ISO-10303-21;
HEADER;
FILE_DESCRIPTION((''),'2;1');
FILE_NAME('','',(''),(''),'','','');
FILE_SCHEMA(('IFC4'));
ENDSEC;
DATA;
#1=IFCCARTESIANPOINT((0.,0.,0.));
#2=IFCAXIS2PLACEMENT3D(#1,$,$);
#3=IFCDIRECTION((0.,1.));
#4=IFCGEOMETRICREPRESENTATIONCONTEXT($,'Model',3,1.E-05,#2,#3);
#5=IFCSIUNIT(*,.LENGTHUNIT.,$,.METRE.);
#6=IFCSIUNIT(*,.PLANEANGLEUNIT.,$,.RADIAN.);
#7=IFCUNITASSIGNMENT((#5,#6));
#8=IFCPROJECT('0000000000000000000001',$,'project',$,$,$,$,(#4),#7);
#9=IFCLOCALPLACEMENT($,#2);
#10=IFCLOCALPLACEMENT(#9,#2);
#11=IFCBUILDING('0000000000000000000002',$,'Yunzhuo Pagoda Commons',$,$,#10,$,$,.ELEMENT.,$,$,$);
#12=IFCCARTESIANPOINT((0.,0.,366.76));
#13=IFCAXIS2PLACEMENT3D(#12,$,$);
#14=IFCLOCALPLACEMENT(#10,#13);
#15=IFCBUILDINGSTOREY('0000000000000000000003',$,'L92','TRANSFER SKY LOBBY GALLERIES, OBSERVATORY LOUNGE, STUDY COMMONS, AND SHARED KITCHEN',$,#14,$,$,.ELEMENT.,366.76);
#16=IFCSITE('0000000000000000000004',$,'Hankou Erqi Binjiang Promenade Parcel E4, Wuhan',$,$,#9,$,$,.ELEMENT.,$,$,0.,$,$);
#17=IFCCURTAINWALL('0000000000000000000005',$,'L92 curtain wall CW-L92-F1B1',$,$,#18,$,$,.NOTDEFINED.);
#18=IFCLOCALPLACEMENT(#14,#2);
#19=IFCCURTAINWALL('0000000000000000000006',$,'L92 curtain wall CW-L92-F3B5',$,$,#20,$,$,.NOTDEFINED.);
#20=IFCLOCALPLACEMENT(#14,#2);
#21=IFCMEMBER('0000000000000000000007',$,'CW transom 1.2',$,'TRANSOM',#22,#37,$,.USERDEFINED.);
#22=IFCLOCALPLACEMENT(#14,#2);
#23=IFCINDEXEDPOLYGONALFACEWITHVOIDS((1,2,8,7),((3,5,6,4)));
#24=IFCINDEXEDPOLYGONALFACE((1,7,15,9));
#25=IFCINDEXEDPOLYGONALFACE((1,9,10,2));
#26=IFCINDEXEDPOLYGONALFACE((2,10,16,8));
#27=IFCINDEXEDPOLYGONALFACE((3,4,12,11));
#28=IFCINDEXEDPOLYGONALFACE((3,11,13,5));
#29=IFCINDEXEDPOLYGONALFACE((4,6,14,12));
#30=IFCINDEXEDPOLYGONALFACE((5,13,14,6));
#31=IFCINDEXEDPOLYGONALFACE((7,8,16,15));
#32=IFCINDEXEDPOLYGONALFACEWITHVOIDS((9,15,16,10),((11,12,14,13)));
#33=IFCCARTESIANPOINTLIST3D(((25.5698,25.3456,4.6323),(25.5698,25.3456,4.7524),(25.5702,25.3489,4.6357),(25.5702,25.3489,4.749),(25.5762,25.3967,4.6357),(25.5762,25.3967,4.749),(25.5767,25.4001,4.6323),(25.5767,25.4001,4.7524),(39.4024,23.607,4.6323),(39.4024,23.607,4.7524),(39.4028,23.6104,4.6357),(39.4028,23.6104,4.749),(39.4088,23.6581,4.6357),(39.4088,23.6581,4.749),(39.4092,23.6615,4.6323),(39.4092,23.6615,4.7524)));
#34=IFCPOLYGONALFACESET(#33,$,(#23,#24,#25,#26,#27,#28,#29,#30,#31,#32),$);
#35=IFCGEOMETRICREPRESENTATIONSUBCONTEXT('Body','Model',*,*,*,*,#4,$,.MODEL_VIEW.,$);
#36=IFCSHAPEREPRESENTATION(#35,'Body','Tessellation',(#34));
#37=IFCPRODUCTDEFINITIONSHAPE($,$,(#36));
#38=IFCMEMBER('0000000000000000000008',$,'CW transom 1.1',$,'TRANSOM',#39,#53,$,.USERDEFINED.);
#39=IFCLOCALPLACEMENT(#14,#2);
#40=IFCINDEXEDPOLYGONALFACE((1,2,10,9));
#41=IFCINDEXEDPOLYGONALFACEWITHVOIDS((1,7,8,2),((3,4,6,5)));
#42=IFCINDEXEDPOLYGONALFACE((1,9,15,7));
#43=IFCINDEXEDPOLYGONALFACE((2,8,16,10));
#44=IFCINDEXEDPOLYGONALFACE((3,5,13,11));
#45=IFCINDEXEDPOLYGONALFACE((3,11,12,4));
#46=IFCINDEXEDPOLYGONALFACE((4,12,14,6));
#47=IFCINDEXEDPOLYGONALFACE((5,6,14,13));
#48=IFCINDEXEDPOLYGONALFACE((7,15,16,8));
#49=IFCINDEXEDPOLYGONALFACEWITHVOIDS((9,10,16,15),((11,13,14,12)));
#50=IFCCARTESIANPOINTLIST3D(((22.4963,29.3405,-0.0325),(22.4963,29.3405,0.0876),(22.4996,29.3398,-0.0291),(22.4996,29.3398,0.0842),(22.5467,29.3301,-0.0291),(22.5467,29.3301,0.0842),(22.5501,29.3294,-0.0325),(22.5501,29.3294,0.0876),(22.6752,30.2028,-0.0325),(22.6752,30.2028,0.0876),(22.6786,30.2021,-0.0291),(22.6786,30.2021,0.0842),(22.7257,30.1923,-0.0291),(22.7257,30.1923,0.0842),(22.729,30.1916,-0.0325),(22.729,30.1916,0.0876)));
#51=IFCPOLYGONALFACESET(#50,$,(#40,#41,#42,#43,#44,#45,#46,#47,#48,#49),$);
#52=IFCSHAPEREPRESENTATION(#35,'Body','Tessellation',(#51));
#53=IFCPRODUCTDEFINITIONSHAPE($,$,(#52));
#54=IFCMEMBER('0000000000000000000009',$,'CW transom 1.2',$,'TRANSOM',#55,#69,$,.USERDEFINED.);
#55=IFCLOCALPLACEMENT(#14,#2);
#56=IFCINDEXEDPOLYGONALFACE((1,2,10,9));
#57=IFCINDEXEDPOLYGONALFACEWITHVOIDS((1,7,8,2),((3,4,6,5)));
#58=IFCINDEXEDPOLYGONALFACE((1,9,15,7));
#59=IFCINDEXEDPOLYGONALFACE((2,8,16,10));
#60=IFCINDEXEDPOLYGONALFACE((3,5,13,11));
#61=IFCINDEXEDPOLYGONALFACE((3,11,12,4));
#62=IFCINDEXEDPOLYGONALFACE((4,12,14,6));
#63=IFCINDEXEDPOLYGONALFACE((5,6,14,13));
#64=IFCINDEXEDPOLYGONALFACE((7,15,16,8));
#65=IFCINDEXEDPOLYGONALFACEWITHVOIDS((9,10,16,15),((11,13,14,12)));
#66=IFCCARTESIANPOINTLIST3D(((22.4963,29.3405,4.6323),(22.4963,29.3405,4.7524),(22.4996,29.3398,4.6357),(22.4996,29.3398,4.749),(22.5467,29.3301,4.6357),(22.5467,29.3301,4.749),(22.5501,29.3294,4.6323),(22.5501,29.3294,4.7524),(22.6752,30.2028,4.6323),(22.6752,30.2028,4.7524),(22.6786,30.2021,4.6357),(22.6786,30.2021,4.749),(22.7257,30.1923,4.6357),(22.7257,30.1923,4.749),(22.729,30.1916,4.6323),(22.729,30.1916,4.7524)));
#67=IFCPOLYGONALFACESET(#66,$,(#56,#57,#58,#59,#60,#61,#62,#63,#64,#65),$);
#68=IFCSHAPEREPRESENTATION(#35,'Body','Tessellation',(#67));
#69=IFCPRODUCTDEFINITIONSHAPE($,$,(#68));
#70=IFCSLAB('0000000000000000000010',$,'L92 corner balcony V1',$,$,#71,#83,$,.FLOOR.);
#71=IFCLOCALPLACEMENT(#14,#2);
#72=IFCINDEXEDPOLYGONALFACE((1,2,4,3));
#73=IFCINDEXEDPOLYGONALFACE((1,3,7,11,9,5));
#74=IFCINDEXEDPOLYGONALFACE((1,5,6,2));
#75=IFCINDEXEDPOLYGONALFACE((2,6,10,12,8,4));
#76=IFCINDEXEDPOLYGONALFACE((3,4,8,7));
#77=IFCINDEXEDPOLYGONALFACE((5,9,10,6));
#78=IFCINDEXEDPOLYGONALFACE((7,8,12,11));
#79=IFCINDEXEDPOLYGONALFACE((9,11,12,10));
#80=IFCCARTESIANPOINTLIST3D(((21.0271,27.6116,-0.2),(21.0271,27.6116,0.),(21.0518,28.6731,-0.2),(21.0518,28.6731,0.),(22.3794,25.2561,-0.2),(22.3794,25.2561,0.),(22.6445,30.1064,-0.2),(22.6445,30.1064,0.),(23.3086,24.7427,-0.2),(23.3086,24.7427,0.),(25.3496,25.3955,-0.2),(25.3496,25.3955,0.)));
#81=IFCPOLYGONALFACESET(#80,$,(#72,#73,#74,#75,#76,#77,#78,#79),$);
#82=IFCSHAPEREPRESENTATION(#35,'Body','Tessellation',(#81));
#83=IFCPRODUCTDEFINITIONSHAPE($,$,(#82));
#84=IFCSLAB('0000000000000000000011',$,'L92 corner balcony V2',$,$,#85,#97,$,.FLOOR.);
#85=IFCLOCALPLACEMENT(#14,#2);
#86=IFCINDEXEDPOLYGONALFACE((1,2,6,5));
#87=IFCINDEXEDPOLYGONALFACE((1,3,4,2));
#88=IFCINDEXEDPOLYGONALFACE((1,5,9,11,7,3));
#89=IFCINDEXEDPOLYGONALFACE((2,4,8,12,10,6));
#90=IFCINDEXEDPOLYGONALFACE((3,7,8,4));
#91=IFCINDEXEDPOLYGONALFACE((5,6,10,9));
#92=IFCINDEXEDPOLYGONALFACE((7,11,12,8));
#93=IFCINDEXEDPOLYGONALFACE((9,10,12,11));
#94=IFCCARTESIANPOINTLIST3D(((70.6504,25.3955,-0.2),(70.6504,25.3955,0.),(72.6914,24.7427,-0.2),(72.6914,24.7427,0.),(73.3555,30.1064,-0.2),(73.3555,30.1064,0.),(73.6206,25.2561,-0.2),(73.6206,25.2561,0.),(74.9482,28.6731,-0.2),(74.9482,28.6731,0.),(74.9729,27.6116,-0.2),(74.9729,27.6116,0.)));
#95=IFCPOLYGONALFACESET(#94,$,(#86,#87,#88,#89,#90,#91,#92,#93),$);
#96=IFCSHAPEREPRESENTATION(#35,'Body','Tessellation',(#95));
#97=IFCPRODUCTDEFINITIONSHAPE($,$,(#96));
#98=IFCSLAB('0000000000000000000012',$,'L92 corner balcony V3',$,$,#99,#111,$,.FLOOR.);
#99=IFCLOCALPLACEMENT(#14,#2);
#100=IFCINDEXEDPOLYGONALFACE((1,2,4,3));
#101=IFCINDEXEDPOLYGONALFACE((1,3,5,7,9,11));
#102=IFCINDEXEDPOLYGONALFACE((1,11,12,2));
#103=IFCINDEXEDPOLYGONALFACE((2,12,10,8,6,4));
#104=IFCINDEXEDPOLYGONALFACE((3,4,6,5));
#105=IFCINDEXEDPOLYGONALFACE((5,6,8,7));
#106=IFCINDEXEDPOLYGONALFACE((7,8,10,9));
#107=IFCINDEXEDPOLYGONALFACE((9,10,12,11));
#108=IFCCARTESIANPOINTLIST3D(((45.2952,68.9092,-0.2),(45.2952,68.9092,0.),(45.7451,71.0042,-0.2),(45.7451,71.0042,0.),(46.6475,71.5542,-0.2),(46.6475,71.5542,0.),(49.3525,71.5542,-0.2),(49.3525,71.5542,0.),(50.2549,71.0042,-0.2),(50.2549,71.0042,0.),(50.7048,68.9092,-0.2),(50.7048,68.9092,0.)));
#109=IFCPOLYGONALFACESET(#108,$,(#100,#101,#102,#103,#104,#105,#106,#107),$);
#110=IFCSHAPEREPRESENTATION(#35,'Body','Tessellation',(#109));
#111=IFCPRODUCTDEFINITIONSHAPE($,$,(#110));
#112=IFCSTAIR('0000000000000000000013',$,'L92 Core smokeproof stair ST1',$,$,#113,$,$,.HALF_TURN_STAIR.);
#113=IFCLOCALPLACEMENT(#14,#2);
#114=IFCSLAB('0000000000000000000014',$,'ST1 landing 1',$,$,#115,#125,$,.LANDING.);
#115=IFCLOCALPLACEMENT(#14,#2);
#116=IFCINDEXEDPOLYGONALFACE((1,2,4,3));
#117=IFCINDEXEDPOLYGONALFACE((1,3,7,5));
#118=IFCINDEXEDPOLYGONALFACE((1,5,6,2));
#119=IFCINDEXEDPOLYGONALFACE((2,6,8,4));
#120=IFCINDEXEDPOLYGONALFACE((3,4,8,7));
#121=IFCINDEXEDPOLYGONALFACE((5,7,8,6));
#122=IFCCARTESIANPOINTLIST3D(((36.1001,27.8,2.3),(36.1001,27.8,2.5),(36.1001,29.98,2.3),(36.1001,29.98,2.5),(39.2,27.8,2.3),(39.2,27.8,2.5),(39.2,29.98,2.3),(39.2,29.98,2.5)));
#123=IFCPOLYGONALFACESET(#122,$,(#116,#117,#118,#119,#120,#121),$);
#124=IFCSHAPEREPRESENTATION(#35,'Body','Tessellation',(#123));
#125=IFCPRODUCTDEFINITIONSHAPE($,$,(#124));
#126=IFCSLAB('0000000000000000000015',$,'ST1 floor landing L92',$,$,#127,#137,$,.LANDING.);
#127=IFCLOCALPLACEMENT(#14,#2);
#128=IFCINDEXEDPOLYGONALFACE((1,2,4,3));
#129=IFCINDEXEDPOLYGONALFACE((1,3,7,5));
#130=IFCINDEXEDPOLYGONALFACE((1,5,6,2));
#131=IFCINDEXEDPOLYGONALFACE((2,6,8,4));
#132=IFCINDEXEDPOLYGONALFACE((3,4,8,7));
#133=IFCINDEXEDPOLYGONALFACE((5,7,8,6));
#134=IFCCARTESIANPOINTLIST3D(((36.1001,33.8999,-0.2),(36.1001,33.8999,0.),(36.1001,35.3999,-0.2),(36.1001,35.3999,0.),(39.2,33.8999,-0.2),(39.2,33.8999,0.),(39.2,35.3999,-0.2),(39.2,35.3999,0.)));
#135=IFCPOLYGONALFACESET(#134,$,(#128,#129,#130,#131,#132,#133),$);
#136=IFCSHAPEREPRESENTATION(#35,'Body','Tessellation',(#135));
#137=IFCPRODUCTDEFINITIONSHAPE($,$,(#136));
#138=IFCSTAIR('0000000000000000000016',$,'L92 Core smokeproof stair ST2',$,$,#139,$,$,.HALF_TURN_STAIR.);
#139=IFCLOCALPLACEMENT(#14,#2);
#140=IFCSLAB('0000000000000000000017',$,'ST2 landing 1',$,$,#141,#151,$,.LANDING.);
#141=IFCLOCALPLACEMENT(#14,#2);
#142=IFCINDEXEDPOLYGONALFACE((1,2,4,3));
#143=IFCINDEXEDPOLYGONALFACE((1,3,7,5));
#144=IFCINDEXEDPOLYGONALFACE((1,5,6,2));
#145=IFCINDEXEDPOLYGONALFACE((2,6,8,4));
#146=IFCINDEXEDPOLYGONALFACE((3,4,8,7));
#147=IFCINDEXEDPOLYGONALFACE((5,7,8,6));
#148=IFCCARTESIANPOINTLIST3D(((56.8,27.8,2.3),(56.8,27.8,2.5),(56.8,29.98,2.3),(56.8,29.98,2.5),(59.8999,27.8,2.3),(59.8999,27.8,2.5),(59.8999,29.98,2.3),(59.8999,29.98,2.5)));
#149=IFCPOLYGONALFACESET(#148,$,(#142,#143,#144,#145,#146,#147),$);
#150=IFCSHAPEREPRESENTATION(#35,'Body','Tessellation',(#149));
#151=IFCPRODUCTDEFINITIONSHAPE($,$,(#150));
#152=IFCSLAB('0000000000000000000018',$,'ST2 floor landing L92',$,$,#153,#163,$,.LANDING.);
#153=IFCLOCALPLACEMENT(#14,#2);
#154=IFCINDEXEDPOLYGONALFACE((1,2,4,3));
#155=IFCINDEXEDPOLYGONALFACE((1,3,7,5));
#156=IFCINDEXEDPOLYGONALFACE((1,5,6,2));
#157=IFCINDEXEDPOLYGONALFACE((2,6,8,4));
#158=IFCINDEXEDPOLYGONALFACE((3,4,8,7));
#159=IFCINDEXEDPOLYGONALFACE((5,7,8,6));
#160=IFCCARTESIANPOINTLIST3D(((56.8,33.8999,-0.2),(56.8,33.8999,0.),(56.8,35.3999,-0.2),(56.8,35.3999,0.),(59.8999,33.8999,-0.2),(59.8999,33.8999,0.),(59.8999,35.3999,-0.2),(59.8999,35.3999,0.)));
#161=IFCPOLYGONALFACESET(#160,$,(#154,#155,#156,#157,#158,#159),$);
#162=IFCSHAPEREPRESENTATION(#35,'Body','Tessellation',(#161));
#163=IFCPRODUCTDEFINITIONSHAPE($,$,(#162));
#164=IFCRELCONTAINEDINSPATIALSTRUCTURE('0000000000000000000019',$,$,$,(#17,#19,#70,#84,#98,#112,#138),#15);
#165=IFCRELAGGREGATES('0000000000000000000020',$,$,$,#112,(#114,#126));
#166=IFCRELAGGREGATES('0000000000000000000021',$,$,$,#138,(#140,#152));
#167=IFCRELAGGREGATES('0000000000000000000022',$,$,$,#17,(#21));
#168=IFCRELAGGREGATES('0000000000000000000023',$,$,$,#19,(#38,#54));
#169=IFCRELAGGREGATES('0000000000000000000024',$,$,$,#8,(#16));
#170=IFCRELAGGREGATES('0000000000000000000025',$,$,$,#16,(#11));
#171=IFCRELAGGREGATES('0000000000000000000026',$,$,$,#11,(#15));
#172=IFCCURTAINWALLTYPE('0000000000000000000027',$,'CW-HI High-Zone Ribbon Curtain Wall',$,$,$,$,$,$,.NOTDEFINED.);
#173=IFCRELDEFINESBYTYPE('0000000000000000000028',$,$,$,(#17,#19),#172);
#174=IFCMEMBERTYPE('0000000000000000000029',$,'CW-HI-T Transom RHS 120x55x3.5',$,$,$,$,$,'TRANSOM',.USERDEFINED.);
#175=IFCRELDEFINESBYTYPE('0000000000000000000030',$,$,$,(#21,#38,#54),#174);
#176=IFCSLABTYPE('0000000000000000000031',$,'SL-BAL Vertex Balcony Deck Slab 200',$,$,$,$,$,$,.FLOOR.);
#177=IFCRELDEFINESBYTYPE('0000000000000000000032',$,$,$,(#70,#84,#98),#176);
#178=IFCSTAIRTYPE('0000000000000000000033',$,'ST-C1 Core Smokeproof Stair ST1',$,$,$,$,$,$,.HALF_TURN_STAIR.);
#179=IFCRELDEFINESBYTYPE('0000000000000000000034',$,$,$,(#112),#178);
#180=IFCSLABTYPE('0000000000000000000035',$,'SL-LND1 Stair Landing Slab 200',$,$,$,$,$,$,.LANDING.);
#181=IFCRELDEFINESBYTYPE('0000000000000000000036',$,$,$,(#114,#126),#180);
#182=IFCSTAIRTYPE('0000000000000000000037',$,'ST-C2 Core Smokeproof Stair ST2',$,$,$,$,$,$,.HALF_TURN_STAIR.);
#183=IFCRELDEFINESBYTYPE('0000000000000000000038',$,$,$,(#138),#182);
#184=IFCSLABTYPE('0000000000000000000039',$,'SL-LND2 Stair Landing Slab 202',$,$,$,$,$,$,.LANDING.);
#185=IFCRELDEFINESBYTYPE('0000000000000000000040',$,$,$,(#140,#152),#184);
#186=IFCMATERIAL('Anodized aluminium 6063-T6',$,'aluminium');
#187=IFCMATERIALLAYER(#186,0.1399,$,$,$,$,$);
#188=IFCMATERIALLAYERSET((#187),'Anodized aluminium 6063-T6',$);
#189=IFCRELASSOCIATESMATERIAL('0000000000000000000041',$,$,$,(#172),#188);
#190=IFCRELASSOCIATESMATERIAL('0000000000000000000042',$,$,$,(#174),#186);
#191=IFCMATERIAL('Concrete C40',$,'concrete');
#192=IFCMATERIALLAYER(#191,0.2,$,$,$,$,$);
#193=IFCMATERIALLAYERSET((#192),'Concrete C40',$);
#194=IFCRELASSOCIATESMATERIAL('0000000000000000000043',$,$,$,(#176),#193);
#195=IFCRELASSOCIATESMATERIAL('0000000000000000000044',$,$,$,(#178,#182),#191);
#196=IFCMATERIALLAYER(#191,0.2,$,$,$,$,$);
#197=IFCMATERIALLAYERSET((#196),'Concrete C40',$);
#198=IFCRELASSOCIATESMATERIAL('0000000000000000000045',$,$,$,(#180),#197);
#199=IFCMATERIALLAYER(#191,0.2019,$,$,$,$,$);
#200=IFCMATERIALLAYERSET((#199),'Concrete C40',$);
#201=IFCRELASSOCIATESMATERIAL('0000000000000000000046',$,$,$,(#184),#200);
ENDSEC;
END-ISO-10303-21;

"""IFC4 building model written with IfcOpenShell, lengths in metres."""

from ifc_helpers import new_model, si_unit, direction, frame, origin, origin_2d, place, context, subcontext, project, spatial, polyline, hollow_rectangle, outline, extrude, source, transform, mapped, material, layer, layer_set, material_profile, profile_set, type_object, element, aggregate, save


model = new_model("IFC4")

# Units and contexts
model_context = context("Model", 3, precision=1e-05, world=origin(), true_north=direction((0.0, 1.0)))
body_context = subcontext(model_context, "Body", "Model", "MODEL_VIEW")
ifc_project = project(units=[si_unit("LENGTHUNIT", "METRE"), si_unit("PLANEANGLEUNIT", "RADIAN")], contexts=[model_context])

# Site, building, storey
site_placement = place(None, origin())
site = spatial("IfcSite", under=ifc_project, at=site_placement, Name="Hankou Erqi Binjiang Promenade Parcel E4, Wuhan", CompositionType="ELEMENT", RefElevation=0.0)
building_placement = place(site_placement, origin())
building = spatial("IfcBuilding", under=site, at=building_placement, Name="Yunzhuo Pagoda Commons", CompositionType="ELEMENT")
storey_placement = place(building_placement, frame((0.0, 0.0, 366.76)))
storey = spatial("IfcBuildingStorey", under=building, at=storey_placement, Name="L92", Description="TRANSFER SKY LOBBY GALLERIES, OBSERVATORY LOUNGE, STUDY COMMONS, AND SHARED KITCHEN", CompositionType="ELEMENT", Elevation=366.76)

# Curtain wall
ifc_material_1 = material(Name="Anodized aluminium 6063-T6", Category="aluminium")
ifc_layer_1 = layer(ifc_material_1, 0.1399)
ifc_layer_set_1 = layer_set([ifc_layer_1], Name="Anodized aluminium 6063-T6")
curtain_wall_type = type_object("IfcCurtainWallType", Name="CW-HI High-Zone Ribbon Curtain Wall", PredefinedType="NOTDEFINED", material=ifc_layer_set_1)
curtain_wall_1_placement = place(storey_placement, origin())
curtain_wall_1 = element("IfcCurtainWall", 1, at=curtain_wall_1_placement, inside=storey, type_object=curtain_wall_type, Name="L92 curtain wall CW-L92-F1B1", PredefinedType="NOTDEFINED")

# Curtain wall
curtain_wall_2_placement = place(storey_placement, origin())
curtain_wall_2 = element("IfcCurtainWall", 2, at=curtain_wall_2_placement, inside=storey, type_object=curtain_wall_type, Name="L92 curtain wall CW-L92-F3B5", PredefinedType="NOTDEFINED")

# Members
ifc_material_profile_1 = material_profile(ifc_material_1, hollow_rectangle(XDim=0.0549, YDim=0.1201, WallThickness=0.0034, at=origin_2d()), Name="Anodized aluminium 6063-T6")
ifc_profile_set_1 = profile_set([ifc_material_profile_1], Name="Anodized aluminium 6063-T6")
member_type_1 = type_object("IfcMemberType", Name="CW-HI-T Transom RHS 120x55x3.5", ElementType="TRANSOM", PredefinedType="USERDEFINED", material=ifc_profile_set_1)
shared_shape_1 = source(origin(), body_context, "Body", "SweptSolid", [
    extrude(hollow_rectangle(XDim=0.0549, YDim=0.1201, WallThickness=0.0034, at=origin_2d()), origin(), (0.0, 0.0, 1.0), 13.9414),
])
member_1_placement = place(storey_placement, frame((25.5732, 25.3728, 4.6924), z_axis=(0.992194, -0.124703, 0.0), x_axis=(0.124703, 0.992194, 0.0)))
member_1 = element("IfcMember", 3, at=member_1_placement, type_object=member_type_1, Name="CW transom 1.2", ObjectType="TRANSOM", PredefinedType="USERDEFINED", context=body_context, shape_type="MappedRepresentation", body=[
    mapped(shared_shape_1, transform((0.0, 0.0, 0.0), scale=1.0)),
])
shared_shape_2 = source(origin(), body_context, "Body", "SweptSolid", [
    extrude(hollow_rectangle(XDim=0.0549, YDim=0.1201, WallThickness=0.0034, at=origin_2d()), origin(), (0.0, 0.0, 1.0), 0.8806),
])
member_2_placement = place(storey_placement, frame((22.5232, 29.335, 0.0276), z_axis=(0.203201, 0.979137, 0.0), x_axis=(-0.979137, 0.203201, 0.0)))
member_2 = element("IfcMember", 4, at=member_2_placement, type_object=member_type_1, Name="CW transom 1.1", ObjectType="TRANSOM", PredefinedType="USERDEFINED", context=body_context, shape_type="MappedRepresentation", body=[
    mapped(shared_shape_2, transform((0.0, 0.0, 0.0), scale=1.0)),
])
member_3_placement = place(storey_placement, frame((22.5232, 29.335, 4.6924), z_axis=(0.203201, 0.979137, 0.0), x_axis=(-0.979137, 0.203201, 0.0)))
member_3 = element("IfcMember", 5, at=member_3_placement, type_object=member_type_1, Name="CW transom 1.2", ObjectType="TRANSOM", PredefinedType="USERDEFINED", context=body_context, shape_type="MappedRepresentation", body=[
    mapped(shared_shape_2, transform((0.0, 0.0, 0.0), scale=1.0)),
])

# Slabs
ifc_material_2 = material(Name="Concrete C40", Category="concrete")
ifc_layer_2 = layer(ifc_material_2, 0.2)
ifc_layer_set_2 = layer_set([ifc_layer_2], Name="Concrete C40")
slab_type_1 = type_object("IfcSlabType", Name="SL-BAL Vertex Balcony Deck Slab 200", PredefinedType="FLOOR", material=ifc_layer_set_2)
slab_1_placement = place(storey_placement, frame((0.0, 0.0, -0.2)))
element("IfcSlab", 6, at=slab_1_placement, inside=storey, type_object=slab_type_1, Name="L92 corner balcony V1", PredefinedType="FLOOR", context=body_context, shape_type="SweptSolid", body=[
    extrude(outline(polyline([(22.6445, 30.1064), (25.3496, 25.3955), (23.3086, 24.7427), (22.3794, 25.2561), (21.0271, 27.6116), (21.0518, 28.6731), (22.6445, 30.1064)])), origin(), (0.0, 0.0, 1.0), 0.2),
])
slab_2_placement = place(storey_placement, frame((0.0, 0.0, -0.2)))
element("IfcSlab", 7, at=slab_2_placement, inside=storey, type_object=slab_type_1, Name="L92 corner balcony V2", PredefinedType="FLOOR", context=body_context, shape_type="SweptSolid", body=[
    extrude(outline(polyline([(70.6504, 25.3955), (73.3555, 30.1064), (74.9482, 28.6731), (74.9729, 27.6116), (73.6206, 25.2561), (72.6914, 24.7427), (70.6504, 25.3955)])), origin(), (0.0, 0.0, 1.0), 0.2),
])
slab_3_placement = place(storey_placement, frame((0.0, 0.0, -0.2)))
element("IfcSlab", 8, at=slab_3_placement, inside=storey, type_object=slab_type_1, Name="L92 corner balcony V3", PredefinedType="FLOOR", context=body_context, shape_type="SweptSolid", body=[
    extrude(outline(polyline([(50.7048, 68.9092), (45.2952, 68.9092), (45.7451, 71.0042), (46.6475, 71.5542), (49.3525, 71.5542), (50.2549, 71.0042), (50.7048, 68.9092)])), origin(), (0.0, 0.0, 1.0), 0.2),
])

# Stairs, slabs
stair_type_1 = type_object("IfcStairType", Name="ST-C1 Core Smokeproof Stair ST1", PredefinedType="HALF_TURN_STAIR", material=ifc_material_2)
stair_1_placement = place(storey_placement, origin())
stair_1 = element("IfcStair", 9, at=stair_1_placement, inside=storey, type_object=stair_type_1, Name="L92 Core smokeproof stair ST1", PredefinedType="HALF_TURN_STAIR")
ifc_layer_3 = layer(ifc_material_2, 0.2)
ifc_layer_set_3 = layer_set([ifc_layer_3], Name="Concrete C40")
slab_type_2 = type_object("IfcSlabType", Name="SL-LND1 Stair Landing Slab 200", PredefinedType="LANDING", material=ifc_layer_set_3)
slab_4_placement = place(storey_placement, frame((0.0, 0.0, 2.3)))
slab_4 = element("IfcSlab", 10, at=slab_4_placement, type_object=slab_type_2, Name="ST1 landing 1", PredefinedType="LANDING", context=body_context, shape_type="SweptSolid", body=[
    extrude(outline(polyline([(36.1001, 29.98), (36.1001, 27.8), (39.2, 27.8), (39.2, 29.98), (36.1001, 29.98)])), origin(), (0.0, 0.0, 1.0), 0.2),
])
slab_5_placement = place(storey_placement, frame((0.0, 0.0, -0.2)))
slab_5 = element("IfcSlab", 11, at=slab_5_placement, type_object=slab_type_2, Name="ST1 floor landing L92", PredefinedType="LANDING", context=body_context, shape_type="SweptSolid", body=[
    extrude(outline(polyline([(36.1001, 35.3999), (36.1001, 33.8999), (39.2, 33.8999), (39.2, 35.3999), (36.1001, 35.3999)])), origin(), (0.0, 0.0, 1.0), 0.2),
])
aggregate(stair_1, [slab_4, slab_5])
stair_type_2 = type_object("IfcStairType", Name="ST-C2 Core Smokeproof Stair ST2", PredefinedType="HALF_TURN_STAIR", material=ifc_material_2)
stair_2_placement = place(storey_placement, origin())
stair_2 = element("IfcStair", 12, at=stair_2_placement, inside=storey, type_object=stair_type_2, Name="L92 Core smokeproof stair ST2", PredefinedType="HALF_TURN_STAIR")
ifc_layer_4 = layer(ifc_material_2, 0.2019)
ifc_layer_set_4 = layer_set([ifc_layer_4], Name="Concrete C40")
slab_type_3 = type_object("IfcSlabType", Name="SL-LND2 Stair Landing Slab 202", PredefinedType="LANDING", material=ifc_layer_set_4)
slab_6_placement = place(storey_placement, frame((0.0, 0.0, 2.3)))
slab_6 = element("IfcSlab", 13, at=slab_6_placement, type_object=slab_type_3, Name="ST2 landing 1", PredefinedType="LANDING", context=body_context, shape_type="SweptSolid", body=[
    extrude(outline(polyline([(56.8, 29.98), (56.8, 27.8), (59.8999, 27.8), (59.8999, 29.98), (56.8, 29.98)])), origin(), (0.0, 0.0, 1.0), 0.2),
])
slab_7_placement = place(storey_placement, frame((0.0, 0.0, -0.2)))
slab_7 = element("IfcSlab", 14, at=slab_7_placement, type_object=slab_type_3, Name="ST2 floor landing L92", PredefinedType="LANDING", context=body_context, shape_type="SweptSolid", body=[
    extrude(outline(polyline([(56.8, 35.3999), (56.8, 33.8999), (59.8999, 33.8999), (59.8999, 35.3999), (56.8, 35.3999)])), origin(), (0.0, 0.0, 1.0), 0.2),
])
aggregate(stair_2, [slab_6, slab_7])

aggregate(curtain_wall_1, [member_1])
aggregate(curtain_wall_2, [member_2, member_3])

save(model, "model.ifc")
